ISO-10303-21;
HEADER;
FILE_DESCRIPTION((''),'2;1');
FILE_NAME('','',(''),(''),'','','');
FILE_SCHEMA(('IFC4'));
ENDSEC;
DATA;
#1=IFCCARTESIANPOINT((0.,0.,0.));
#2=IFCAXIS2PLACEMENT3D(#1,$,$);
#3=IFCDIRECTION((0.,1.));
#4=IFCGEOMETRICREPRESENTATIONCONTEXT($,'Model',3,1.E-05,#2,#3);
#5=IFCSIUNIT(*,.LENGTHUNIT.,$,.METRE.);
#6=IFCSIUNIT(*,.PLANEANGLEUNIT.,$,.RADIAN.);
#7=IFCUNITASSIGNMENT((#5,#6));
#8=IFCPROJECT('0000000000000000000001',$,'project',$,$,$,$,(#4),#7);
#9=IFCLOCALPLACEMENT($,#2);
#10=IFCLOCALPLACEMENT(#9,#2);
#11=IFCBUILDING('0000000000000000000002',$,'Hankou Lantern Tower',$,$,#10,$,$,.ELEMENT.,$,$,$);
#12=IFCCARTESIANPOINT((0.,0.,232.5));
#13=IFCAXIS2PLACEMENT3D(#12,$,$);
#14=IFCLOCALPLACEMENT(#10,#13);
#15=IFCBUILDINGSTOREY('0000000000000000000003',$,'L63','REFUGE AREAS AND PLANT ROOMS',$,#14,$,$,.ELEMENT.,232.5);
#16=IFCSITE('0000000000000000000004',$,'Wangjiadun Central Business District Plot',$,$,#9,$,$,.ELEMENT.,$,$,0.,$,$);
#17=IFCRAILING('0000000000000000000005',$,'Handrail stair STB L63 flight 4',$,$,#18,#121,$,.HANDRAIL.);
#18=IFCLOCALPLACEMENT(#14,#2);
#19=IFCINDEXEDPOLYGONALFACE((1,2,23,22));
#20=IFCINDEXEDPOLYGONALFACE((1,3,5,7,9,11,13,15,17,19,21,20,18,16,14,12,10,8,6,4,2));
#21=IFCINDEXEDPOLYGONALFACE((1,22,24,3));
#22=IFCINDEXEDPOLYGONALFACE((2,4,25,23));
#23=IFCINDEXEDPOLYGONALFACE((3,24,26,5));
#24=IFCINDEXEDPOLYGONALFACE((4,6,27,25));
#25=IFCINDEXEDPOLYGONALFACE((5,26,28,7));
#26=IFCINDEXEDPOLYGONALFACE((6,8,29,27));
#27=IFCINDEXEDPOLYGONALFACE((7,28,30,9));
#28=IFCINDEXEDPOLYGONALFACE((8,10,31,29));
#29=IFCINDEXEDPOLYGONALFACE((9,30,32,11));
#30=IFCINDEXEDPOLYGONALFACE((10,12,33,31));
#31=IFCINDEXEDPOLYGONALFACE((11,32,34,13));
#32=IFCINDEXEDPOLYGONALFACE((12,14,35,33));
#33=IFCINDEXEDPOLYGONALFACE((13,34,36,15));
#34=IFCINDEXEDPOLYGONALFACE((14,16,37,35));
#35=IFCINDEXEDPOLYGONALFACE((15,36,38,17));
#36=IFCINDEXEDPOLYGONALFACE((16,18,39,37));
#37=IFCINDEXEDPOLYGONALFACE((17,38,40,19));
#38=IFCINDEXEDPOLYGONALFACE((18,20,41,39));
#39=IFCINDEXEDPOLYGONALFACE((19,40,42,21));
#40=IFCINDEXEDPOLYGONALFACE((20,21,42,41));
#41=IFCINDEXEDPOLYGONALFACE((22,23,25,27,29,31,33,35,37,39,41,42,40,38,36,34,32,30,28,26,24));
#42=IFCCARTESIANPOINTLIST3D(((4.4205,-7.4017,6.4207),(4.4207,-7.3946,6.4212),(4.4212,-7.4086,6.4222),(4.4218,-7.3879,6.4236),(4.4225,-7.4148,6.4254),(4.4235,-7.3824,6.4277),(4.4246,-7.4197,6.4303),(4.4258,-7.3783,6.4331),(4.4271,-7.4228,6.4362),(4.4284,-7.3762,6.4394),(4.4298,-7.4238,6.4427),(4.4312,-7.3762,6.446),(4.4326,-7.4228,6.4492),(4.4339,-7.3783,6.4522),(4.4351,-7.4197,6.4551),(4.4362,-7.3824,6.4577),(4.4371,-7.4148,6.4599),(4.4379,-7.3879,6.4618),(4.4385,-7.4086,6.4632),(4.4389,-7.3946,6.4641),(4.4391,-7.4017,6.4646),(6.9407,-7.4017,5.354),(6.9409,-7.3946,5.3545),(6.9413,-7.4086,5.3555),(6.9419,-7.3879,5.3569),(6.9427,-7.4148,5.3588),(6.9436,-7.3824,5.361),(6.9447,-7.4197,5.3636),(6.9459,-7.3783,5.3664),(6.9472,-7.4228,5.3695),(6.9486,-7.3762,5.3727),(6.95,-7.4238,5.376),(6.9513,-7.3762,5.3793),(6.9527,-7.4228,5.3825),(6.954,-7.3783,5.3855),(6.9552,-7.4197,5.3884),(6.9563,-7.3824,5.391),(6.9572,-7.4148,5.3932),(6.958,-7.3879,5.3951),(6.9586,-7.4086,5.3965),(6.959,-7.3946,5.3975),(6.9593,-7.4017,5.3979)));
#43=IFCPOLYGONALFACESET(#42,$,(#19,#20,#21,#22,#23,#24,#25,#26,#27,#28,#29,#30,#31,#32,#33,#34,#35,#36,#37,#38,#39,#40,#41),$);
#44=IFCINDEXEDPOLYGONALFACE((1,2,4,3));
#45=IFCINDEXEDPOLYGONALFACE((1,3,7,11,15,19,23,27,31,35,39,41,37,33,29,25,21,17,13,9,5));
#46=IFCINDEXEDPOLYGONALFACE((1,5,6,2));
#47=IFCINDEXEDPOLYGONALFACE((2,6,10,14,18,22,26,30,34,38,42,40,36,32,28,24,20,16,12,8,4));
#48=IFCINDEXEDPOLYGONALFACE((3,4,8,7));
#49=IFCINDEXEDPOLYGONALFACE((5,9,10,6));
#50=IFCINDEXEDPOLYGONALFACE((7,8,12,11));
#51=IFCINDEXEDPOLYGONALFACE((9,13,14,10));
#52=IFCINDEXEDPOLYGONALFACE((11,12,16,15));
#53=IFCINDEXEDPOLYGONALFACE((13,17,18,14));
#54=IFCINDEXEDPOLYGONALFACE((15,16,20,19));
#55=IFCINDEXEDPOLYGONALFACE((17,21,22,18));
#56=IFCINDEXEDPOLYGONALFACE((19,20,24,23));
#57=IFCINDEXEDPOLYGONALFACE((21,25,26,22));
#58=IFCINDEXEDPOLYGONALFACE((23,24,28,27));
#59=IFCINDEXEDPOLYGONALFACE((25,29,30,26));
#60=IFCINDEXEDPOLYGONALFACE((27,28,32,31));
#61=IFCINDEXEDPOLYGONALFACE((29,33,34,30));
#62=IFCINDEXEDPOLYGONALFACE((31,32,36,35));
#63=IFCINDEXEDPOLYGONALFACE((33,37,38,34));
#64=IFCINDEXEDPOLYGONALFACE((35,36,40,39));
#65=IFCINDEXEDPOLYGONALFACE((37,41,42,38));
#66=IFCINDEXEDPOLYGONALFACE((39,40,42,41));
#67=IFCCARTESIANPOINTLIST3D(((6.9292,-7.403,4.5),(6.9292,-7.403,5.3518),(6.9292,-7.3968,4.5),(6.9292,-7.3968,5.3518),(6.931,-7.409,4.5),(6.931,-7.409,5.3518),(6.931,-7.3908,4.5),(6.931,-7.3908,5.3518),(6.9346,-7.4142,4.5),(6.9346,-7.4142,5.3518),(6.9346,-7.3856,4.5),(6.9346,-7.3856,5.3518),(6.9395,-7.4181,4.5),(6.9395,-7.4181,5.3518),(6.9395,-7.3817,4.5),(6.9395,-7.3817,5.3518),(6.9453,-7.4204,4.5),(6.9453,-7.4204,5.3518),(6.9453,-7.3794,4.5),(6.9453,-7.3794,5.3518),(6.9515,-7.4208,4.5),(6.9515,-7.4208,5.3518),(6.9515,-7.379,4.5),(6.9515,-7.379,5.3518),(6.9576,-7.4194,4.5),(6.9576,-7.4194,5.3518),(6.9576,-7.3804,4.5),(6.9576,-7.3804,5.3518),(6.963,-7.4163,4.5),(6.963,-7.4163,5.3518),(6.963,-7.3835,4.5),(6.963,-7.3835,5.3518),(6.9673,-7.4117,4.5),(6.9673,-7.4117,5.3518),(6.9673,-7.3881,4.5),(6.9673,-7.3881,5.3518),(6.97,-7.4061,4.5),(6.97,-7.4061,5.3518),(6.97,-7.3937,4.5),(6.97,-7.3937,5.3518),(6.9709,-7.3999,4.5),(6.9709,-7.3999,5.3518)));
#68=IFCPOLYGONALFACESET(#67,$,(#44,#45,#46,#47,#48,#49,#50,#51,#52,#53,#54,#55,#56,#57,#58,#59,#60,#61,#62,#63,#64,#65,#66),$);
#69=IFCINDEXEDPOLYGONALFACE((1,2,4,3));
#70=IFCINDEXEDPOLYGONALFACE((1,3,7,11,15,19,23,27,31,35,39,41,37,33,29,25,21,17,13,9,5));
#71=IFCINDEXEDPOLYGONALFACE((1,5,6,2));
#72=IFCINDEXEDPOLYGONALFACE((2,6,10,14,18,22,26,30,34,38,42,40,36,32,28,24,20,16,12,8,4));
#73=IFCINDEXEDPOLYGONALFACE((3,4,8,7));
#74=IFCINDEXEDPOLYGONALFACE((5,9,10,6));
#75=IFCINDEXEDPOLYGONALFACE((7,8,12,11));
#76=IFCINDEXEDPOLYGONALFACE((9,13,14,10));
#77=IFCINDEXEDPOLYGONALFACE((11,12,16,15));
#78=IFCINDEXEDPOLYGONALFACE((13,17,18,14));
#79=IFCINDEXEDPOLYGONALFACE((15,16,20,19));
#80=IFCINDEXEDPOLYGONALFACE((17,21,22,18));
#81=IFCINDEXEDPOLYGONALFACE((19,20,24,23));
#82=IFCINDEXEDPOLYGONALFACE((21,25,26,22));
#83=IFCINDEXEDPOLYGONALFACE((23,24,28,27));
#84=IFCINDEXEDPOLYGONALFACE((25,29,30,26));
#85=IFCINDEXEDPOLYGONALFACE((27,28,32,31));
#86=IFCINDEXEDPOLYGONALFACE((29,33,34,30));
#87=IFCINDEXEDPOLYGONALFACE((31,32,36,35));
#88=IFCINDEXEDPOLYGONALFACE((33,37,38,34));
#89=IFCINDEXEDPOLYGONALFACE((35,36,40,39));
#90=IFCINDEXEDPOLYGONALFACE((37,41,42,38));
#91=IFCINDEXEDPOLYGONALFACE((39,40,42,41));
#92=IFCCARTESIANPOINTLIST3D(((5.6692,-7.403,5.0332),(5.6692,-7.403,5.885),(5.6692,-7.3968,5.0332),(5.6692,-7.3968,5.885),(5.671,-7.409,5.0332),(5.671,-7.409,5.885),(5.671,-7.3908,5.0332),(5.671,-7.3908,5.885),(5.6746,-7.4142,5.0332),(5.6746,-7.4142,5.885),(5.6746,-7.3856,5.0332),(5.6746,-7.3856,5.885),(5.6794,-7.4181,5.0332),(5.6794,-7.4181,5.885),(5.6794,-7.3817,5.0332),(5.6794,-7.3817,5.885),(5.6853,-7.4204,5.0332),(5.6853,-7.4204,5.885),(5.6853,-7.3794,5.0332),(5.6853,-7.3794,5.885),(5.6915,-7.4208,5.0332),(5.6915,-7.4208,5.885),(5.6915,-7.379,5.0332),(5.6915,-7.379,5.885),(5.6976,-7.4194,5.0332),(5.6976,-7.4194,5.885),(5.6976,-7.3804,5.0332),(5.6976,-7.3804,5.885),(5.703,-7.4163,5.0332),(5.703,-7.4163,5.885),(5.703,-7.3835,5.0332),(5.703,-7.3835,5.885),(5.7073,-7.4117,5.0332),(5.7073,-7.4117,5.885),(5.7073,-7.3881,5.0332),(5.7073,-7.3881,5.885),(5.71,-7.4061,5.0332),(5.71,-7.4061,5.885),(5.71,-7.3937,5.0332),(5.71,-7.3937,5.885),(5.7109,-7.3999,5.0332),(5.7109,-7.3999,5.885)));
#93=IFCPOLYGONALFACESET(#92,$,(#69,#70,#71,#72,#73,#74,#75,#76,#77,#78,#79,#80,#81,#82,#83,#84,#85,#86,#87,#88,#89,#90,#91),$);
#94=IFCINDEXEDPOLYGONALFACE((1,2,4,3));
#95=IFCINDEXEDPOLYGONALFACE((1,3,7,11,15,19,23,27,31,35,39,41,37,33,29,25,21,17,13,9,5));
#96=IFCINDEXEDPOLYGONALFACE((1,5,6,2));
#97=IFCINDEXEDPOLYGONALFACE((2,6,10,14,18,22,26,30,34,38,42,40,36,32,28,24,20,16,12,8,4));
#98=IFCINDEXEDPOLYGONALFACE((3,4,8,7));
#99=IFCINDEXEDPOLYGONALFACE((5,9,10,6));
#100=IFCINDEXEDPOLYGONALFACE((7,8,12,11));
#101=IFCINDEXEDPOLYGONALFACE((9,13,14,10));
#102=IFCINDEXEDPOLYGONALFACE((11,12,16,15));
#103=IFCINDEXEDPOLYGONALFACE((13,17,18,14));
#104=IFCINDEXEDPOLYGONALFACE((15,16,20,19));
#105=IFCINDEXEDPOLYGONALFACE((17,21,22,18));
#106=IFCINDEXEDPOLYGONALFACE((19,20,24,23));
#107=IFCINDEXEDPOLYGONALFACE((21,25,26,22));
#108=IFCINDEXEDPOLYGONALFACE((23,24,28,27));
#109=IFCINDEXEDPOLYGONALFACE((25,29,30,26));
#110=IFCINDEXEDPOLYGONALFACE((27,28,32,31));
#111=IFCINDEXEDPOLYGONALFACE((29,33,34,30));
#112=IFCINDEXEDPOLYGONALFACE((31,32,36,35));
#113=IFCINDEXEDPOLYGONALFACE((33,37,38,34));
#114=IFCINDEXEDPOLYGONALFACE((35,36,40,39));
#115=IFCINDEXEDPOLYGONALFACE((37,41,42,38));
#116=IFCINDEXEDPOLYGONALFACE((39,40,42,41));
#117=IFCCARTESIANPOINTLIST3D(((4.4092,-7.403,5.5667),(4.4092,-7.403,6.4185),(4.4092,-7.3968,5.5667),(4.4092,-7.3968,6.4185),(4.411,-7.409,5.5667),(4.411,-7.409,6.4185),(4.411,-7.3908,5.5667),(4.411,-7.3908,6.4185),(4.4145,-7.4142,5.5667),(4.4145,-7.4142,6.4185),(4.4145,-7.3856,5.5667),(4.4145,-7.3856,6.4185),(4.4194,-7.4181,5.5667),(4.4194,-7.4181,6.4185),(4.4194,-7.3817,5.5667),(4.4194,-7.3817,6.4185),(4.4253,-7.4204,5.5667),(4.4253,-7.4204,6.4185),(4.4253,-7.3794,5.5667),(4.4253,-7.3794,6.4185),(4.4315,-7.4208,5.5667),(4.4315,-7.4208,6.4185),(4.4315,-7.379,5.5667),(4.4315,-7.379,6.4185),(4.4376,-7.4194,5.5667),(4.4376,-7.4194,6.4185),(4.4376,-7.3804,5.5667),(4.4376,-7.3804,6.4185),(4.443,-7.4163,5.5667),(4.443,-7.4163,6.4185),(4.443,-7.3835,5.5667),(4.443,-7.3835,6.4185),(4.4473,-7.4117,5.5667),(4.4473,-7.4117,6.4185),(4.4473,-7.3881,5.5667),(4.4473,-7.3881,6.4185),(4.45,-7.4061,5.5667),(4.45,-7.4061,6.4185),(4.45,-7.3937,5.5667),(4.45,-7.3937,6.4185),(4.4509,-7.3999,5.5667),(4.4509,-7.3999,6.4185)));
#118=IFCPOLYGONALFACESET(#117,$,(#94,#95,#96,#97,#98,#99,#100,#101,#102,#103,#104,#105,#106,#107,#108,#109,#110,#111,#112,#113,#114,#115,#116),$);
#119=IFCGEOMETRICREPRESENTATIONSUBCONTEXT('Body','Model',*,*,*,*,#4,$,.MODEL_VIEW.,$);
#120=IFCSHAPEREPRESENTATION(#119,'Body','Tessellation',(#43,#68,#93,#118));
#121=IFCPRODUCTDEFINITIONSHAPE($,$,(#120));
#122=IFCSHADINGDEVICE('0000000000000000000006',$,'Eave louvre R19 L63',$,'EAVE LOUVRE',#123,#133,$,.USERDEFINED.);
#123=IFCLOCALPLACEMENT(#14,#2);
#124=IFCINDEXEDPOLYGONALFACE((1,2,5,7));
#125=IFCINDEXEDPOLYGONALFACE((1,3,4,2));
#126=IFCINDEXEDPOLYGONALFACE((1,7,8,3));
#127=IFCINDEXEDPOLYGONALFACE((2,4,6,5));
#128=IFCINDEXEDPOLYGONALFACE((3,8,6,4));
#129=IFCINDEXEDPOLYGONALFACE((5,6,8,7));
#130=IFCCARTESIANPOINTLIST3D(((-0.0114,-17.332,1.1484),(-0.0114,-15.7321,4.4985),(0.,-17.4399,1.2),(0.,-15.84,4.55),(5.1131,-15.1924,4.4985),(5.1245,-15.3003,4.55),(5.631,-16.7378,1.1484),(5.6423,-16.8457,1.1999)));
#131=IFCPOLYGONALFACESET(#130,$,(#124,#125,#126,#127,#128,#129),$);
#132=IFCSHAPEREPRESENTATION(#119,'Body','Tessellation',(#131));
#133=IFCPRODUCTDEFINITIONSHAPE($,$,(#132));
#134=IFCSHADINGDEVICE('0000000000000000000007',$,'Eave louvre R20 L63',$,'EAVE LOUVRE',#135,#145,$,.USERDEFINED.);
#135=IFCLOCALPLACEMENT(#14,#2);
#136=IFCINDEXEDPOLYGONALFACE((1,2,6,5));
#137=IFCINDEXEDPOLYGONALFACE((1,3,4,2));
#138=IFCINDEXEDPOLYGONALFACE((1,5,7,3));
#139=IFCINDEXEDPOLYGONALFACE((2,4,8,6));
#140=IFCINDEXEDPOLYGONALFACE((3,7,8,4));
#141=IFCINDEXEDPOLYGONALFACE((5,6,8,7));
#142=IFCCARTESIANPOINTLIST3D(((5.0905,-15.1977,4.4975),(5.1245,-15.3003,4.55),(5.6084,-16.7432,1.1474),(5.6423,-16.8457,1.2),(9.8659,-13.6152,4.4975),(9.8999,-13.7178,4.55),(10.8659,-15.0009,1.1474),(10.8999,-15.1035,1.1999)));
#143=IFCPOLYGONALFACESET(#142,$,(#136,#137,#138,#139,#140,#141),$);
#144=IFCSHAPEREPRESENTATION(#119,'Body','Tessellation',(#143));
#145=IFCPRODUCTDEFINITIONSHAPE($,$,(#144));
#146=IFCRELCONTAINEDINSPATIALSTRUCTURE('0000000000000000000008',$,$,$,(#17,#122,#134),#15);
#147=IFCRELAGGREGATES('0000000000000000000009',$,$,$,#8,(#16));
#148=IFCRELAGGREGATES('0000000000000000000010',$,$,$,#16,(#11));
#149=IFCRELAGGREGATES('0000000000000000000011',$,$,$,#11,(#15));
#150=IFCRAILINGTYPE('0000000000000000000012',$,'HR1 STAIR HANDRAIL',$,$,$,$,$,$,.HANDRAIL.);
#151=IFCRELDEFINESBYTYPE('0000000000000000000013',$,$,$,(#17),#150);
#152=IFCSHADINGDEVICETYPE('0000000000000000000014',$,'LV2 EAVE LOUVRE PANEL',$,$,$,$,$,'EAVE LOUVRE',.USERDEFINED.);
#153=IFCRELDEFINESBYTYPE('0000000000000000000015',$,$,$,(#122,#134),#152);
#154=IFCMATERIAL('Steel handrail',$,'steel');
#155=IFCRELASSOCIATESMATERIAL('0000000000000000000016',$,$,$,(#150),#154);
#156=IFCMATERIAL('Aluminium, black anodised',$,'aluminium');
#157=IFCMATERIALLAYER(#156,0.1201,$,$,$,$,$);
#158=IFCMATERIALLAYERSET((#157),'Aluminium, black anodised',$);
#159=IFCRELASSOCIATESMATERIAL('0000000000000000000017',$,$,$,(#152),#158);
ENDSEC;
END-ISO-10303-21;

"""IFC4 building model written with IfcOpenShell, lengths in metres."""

from ifc_helpers import new_model, si_unit, direction, frame, origin, origin_2d, place, context, subcontext, project, spatial, polyline, circle, outline, extrude, material, layer, layer_set, type_object, element, save


model = new_model("IFC4")

# Units and contexts
model_context = context("Model", 3, precision=1e-05, world=origin(), true_north=direction((0.0, 1.0)))
body_context = subcontext(model_context, "Body", "Model", "MODEL_VIEW")
ifc_project = project(units=[si_unit("LENGTHUNIT", "METRE"), si_unit("PLANEANGLEUNIT", "RADIAN")], contexts=[model_context])

# Site, building, storey
site_placement = place(None, origin())
site = spatial("IfcSite", under=ifc_project, at=site_placement, Name="Wangjiadun Central Business District Plot", CompositionType="ELEMENT", RefElevation=0.0)
building_placement = place(site_placement, origin())
building = spatial("IfcBuilding", under=site, at=building_placement, Name="Hankou Lantern Tower", CompositionType="ELEMENT")
storey_placement = place(building_placement, frame((0.0, 0.0, 232.5)))
storey = spatial("IfcBuildingStorey", under=building, at=storey_placement, Name="L63", Description="REFUGE AREAS AND PLANT ROOMS", CompositionType="ELEMENT", Elevation=232.5)

# Railing
ifc_material_1 = material(Name="Steel handrail", Category="steel")
railing_type = type_object("IfcRailingType", Name="HR1 STAIR HANDRAIL", PredefinedType="HANDRAIL", material=ifc_material_1)
railing_1_placement = place(storey_placement, frame((6.95, -7.3999, 4.5)))
element("IfcRailing", 1, at=railing_1_placement, inside=storey, type_object=railing_type, Name="Handrail stair STB L63 flight 4", PredefinedType="HANDRAIL", context=body_context, shape_type="SweptSolid", body=[
    extrude(circle(Radius=0.0239, at=origin_2d()), frame((0.0, 0.0, 0.876), z_axis=(-0.920903, 0.0, 0.389791), x_axis=(0.0, -1.0, 0.0)), (0.0, 0.0, 1.0), 2.7366),
    extrude(circle(Radius=0.021, at=origin_2d()), origin(), (0.0, 0.0, 1.0), 0.8518),
    extrude(circle(Radius=0.021, at=origin_2d()), frame((-1.26, 0.0, 0.5332)), (0.0, 0.0, 1.0), 0.8518),
    extrude(circle(Radius=0.021, at=origin_2d()), frame((-2.52, 0.0, 1.0667)), (0.0, 0.0, 1.0), 0.8518),
])

# Shading devices
ifc_material_2 = material(Name="Aluminium, black anodised", Category="aluminium")
ifc_layer_1 = layer(ifc_material_2, 0.1201)
ifc_layer_set_1 = layer_set([ifc_layer_1], Name="Aluminium, black anodised")
shading_device_type = type_object("IfcShadingDeviceType", Name="LV2 EAVE LOUVRE PANEL", ElementType="EAVE LOUVRE", PredefinedType="USERDEFINED", material=ifc_layer_set_1)
shading_device_1_placement = place(storey_placement, frame((0.0, -17.4399, 1.2), z_axis=(0.094618, -0.898329, 0.429014), x_axis=(0.994499, 0.104745, -0.000003)))
element("IfcShadingDevice", 2, at=shading_device_1_placement, inside=storey, type_object=shading_device_type, Name="Eave louvre R19 L63", ObjectType="EAVE LOUVRE", PredefinedType="USERDEFINED", context=body_context, shape_type="SweptSolid", body=[
    extrude(outline(polyline([(0.0, 0.0), (5.6735, 0.0), (5.3204, 3.7088), (0.1676, 3.7087), (0.0, 0.0)])), origin(), (0.0, 0.0, -1.0), 0.1201),
])
shading_device_2_placement = place(storey_placement, frame((5.6423, -16.8457, 1.2), z_axis=(0.282857, -0.853576, 0.437493), x_axis=(0.949239, 0.314555, -0.000004)))
element("IfcShadingDevice", 3, at=shading_device_2_placement, inside=storey, type_object=shading_device_type, Name="Eave louvre R20 L63", ObjectType="EAVE LOUVRE", PredefinedType="USERDEFINED", context=body_context, shape_type="SweptSolid", body=[
    extrude(outline(polyline([(0.0, 0.0), (5.5387, 0.0), (5.0253, 3.7256), (-0.0054, 3.7255), (0.0, 0.0)])), origin(), (0.0, 0.0, -1.0), 0.1201),
])

save(model, "model.ifc")
